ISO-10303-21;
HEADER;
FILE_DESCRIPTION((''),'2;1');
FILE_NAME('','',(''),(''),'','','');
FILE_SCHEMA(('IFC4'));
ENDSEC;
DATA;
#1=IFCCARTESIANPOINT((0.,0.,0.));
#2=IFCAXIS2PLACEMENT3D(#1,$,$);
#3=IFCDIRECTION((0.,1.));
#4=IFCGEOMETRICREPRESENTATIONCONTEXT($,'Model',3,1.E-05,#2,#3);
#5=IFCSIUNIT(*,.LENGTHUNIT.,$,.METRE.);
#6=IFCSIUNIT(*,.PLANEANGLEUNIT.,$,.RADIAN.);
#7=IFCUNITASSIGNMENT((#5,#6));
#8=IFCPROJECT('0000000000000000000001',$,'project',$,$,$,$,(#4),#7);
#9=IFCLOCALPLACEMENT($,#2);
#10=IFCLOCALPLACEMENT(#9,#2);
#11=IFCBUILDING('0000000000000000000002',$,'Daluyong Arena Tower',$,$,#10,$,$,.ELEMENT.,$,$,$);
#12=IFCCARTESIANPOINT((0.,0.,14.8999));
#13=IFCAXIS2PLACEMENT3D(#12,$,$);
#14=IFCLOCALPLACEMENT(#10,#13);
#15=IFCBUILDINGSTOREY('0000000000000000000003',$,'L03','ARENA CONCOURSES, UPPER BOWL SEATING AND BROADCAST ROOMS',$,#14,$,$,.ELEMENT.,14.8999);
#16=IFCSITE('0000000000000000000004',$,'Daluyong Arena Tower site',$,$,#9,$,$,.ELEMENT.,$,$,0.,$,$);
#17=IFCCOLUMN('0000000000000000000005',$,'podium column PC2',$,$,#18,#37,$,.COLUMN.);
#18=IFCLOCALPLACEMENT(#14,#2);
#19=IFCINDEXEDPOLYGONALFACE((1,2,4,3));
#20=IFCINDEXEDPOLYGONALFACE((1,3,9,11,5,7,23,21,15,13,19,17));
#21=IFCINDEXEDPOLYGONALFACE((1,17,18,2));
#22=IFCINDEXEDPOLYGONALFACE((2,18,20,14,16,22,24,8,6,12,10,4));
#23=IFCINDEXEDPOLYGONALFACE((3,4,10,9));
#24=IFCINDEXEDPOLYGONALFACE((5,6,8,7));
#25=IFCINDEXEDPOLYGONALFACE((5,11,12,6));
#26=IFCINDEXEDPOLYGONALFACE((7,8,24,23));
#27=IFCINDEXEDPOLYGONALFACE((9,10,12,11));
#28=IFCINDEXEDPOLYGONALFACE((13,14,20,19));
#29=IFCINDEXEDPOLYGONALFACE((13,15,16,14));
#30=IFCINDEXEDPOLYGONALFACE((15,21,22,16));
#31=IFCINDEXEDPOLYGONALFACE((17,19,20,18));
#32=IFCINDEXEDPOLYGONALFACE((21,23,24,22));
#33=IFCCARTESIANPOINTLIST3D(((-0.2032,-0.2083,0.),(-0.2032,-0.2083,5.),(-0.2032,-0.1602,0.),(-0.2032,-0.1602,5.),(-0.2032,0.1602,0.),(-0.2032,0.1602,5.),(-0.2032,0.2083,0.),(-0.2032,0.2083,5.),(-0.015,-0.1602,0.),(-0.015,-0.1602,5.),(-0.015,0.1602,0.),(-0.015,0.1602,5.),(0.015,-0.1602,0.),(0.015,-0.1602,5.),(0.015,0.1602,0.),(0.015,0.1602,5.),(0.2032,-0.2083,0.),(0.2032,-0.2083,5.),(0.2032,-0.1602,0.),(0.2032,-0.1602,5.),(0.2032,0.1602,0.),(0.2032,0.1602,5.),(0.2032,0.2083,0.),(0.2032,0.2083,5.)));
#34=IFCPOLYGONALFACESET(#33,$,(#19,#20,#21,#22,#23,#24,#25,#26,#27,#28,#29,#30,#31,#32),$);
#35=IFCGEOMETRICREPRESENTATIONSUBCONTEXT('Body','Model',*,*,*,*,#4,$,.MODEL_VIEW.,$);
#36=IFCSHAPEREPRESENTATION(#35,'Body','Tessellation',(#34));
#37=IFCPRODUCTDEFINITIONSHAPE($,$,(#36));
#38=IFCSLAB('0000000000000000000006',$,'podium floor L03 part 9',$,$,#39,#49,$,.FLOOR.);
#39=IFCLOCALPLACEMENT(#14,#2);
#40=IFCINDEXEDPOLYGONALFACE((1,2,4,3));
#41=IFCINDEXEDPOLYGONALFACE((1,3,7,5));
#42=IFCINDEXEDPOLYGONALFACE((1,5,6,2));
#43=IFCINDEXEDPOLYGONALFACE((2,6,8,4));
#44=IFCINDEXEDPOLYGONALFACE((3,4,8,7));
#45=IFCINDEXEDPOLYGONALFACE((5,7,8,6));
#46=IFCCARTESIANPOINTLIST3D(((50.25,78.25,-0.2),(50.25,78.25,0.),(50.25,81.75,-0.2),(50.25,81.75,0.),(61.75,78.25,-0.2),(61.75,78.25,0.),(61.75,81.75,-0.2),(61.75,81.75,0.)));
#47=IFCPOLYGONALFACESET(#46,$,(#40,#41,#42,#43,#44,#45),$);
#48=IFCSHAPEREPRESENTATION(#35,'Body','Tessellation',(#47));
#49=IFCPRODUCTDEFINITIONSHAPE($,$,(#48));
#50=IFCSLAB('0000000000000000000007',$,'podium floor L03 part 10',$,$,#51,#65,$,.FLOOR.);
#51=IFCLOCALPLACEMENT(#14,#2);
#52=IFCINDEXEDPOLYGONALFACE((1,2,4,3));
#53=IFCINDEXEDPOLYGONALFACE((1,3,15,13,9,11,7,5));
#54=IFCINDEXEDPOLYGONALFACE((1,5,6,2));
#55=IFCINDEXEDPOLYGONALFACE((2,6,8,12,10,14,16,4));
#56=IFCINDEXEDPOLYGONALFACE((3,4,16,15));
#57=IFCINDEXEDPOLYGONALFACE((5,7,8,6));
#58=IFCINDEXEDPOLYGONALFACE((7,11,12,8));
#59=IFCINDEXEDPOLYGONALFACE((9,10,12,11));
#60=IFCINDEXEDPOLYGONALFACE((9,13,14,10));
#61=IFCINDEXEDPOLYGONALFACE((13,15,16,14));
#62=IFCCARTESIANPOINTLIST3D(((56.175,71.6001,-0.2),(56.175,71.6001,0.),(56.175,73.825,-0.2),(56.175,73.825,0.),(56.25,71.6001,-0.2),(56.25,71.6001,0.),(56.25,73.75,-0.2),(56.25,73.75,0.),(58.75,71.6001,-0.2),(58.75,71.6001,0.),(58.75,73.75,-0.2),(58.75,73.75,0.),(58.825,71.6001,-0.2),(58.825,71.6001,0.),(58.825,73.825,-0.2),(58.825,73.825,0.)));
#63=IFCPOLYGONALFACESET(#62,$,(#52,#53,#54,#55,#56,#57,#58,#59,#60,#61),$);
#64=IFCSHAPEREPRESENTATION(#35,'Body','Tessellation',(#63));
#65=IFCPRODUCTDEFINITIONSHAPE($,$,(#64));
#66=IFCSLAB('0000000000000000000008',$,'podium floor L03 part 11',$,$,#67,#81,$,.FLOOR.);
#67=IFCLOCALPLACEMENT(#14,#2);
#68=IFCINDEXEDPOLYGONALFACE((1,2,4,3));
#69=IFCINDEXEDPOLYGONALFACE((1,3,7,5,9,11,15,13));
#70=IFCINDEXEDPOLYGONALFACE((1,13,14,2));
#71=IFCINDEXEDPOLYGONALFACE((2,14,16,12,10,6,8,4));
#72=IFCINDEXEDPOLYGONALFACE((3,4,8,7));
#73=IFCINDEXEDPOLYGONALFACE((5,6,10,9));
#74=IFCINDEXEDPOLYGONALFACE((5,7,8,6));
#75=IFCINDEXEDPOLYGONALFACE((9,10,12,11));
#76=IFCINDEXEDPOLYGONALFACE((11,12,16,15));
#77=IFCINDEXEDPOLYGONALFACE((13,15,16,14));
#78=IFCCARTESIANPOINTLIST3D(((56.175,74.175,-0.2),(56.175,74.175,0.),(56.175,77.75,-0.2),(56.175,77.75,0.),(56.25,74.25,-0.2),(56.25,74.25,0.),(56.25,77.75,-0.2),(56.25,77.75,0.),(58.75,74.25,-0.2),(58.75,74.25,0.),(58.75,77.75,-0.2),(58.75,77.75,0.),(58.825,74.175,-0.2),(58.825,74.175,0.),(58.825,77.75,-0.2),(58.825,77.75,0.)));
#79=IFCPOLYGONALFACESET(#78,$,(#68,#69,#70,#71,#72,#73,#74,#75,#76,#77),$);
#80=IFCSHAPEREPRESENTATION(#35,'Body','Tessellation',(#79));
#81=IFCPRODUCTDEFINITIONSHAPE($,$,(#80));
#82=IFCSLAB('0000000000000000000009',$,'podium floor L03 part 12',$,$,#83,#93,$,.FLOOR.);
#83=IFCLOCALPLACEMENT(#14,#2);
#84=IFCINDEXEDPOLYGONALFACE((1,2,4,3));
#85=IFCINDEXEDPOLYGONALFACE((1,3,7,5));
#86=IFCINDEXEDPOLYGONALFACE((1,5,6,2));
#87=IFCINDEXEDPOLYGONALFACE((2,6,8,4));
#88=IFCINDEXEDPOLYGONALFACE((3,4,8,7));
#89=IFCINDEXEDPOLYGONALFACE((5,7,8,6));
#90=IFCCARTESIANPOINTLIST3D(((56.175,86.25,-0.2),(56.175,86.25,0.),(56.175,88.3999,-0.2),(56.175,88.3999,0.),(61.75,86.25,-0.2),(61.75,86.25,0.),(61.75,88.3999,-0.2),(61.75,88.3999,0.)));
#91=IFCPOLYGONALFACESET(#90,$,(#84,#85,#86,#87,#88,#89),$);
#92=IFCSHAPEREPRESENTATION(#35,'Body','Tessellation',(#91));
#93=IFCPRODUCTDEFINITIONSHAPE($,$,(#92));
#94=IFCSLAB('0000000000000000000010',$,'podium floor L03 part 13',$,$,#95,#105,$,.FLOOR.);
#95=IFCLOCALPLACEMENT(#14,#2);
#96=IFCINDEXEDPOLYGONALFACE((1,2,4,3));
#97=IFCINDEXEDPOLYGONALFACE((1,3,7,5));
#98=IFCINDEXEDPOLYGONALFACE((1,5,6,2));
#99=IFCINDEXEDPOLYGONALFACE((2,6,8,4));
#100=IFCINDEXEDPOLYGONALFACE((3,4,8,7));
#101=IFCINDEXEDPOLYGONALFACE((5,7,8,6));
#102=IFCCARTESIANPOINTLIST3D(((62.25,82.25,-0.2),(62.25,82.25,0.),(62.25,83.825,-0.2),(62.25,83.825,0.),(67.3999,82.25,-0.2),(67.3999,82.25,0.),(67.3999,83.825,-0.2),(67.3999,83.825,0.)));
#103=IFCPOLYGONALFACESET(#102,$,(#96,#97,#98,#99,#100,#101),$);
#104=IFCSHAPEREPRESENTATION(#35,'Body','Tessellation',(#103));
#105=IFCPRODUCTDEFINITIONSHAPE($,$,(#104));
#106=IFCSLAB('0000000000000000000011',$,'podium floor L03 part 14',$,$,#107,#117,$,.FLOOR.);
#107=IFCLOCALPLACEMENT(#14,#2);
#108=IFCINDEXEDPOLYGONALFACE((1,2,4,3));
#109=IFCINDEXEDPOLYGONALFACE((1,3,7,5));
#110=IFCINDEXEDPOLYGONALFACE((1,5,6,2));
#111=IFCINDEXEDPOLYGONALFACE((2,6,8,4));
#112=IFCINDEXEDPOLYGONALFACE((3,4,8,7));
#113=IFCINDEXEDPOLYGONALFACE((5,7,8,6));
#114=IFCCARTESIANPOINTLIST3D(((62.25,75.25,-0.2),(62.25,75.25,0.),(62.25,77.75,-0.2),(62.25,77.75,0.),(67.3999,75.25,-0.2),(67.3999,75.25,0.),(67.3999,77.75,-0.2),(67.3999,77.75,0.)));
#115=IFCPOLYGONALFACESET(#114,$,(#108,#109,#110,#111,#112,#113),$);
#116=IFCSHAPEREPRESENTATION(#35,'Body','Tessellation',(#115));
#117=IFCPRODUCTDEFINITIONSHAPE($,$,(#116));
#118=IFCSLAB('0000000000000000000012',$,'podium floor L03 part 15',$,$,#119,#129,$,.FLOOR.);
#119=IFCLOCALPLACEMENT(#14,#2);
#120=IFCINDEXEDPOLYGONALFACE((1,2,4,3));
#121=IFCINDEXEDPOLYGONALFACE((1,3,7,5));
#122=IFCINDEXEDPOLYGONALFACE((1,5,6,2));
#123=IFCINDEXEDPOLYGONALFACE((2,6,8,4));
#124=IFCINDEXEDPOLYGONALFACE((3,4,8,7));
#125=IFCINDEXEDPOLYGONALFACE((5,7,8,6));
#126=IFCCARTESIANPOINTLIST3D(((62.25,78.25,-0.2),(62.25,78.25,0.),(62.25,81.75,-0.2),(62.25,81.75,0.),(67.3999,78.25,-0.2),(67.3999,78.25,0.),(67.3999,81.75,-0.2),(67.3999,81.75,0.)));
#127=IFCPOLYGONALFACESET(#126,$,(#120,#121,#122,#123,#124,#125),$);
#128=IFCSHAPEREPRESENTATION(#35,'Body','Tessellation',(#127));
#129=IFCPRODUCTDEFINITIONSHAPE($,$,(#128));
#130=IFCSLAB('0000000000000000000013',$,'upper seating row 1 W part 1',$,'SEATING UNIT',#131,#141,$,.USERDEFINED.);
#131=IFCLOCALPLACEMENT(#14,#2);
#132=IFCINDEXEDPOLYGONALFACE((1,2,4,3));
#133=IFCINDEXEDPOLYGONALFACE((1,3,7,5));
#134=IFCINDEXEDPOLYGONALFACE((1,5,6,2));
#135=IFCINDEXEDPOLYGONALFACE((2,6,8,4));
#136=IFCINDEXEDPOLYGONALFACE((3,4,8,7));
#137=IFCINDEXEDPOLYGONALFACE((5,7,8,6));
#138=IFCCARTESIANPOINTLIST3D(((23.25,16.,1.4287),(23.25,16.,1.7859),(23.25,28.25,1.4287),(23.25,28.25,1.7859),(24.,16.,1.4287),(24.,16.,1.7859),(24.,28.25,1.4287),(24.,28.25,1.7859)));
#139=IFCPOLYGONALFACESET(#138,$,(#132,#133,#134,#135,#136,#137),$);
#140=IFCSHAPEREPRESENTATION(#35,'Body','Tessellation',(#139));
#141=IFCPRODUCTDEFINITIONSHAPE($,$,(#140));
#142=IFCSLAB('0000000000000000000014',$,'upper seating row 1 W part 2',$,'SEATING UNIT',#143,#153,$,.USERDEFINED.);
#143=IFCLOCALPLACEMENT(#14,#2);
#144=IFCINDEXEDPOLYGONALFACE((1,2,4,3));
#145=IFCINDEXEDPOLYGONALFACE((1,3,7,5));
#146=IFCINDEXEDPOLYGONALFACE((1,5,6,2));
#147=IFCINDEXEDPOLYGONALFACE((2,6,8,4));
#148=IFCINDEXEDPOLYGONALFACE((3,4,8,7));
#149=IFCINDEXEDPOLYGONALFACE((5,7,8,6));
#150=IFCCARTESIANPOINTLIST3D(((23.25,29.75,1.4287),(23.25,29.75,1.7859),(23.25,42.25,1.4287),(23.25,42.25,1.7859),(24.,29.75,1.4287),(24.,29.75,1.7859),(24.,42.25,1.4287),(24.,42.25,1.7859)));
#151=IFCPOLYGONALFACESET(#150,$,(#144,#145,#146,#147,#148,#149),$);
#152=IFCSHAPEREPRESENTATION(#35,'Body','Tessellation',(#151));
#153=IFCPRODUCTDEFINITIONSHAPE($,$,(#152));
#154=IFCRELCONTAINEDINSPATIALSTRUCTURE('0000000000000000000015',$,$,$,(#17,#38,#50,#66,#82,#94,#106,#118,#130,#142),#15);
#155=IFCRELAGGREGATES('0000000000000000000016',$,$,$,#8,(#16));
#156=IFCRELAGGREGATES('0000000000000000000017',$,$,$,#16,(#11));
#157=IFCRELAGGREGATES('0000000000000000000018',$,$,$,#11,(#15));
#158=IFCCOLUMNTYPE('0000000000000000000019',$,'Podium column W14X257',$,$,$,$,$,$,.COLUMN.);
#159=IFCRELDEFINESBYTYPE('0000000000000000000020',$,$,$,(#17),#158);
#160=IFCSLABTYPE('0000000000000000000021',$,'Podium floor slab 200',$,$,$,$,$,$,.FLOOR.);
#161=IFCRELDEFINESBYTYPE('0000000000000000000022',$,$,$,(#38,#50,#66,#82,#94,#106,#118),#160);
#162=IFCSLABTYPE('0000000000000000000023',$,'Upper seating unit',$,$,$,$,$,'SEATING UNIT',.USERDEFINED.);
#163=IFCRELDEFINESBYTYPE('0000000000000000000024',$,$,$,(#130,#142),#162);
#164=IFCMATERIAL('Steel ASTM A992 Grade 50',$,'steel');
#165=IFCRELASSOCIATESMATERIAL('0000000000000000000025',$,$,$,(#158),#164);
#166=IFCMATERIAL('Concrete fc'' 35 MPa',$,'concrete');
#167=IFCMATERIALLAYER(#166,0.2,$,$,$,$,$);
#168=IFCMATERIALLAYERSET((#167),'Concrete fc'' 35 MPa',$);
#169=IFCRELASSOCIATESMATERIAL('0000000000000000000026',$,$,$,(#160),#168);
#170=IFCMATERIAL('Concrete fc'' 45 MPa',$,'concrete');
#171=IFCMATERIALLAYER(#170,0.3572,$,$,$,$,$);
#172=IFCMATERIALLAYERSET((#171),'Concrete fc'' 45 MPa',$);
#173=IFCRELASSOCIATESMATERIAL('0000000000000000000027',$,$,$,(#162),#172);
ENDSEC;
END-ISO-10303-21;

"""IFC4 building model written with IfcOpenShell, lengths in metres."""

from ifc_helpers import new_model, si_unit, direction, frame, origin, origin_with_axes, origin_2d, place, context, subcontext, project, spatial, polyline, i_section, outline, extrude, material, layer, layer_set, material_profile, profile_set, type_object, element, save


model = new_model("IFC4")

# Units and contexts
model_context = context("Model", 3, precision=1e-05, world=origin(), true_north=direction((0.0, 1.0)))
body_context = subcontext(model_context, "Body", "Model", "MODEL_VIEW")
ifc_project = project(units=[si_unit("LENGTHUNIT", "METRE"), si_unit("PLANEANGLEUNIT", "RADIAN")], contexts=[model_context])

# Site, building, storey
site_placement = place(None, origin())
site = spatial("IfcSite", under=ifc_project, at=site_placement, Name="Daluyong Arena Tower site", CompositionType="ELEMENT", RefElevation=0.0)
building_placement = place(site_placement, origin())
building = spatial("IfcBuilding", under=site, at=building_placement, Name="Daluyong Arena Tower", CompositionType="ELEMENT")
storey_placement = place(building_placement, frame((0.0, 0.0, 14.8999)))
storey = spatial("IfcBuildingStorey", under=building, at=storey_placement, Name="L03", Description="ARENA CONCOURSES, UPPER BOWL SEATING AND BROADCAST ROOMS", CompositionType="ELEMENT", Elevation=14.8999)

# Column
ifc_material_1 = material(Name="Steel ASTM A992 Grade 50", Category="steel")
ifc_material_profile = material_profile(ifc_material_1, i_section(OverallWidth=0.4065, OverallDepth=0.4165, WebThickness=0.03, FlangeThickness=0.0481, at=origin_2d()))
ifc_profile_set = profile_set([ifc_material_profile], Name="Steel ASTM A992 Grade 50")
column_type = type_object("IfcColumnType", Name="Podium column W14X257", PredefinedType="COLUMN", material=ifc_profile_set)
column_placement = place(storey_placement, origin_with_axes())
element("IfcColumn", 1, at=column_placement, inside=storey, type_object=column_type, Name="podium column PC2", PredefinedType="COLUMN", context=body_context, shape_type="SweptSolid", body=[
    extrude(i_section(OverallWidth=0.4065, OverallDepth=0.4165, WebThickness=0.03, FlangeThickness=0.0481, at=origin_2d()), origin(), (0.0, 0.0, 1.0), 5.0),
])

# Slabs
ifc_material_2 = material(Name="Concrete fc' 35 MPa", Category="concrete")
ifc_layer_1 = layer(ifc_material_2, 0.2)
ifc_layer_set_1 = layer_set([ifc_layer_1], Name="Concrete fc' 35 MPa")
slab_type_1 = type_object("IfcSlabType", Name="Podium floor slab 200", PredefinedType="FLOOR", material=ifc_layer_set_1)
slab_1_placement = place(storey_placement, frame((0.0, 0.0, -0.2)))
element("IfcSlab", 2, at=slab_1_placement, inside=storey, type_object=slab_type_1, Name="podium floor L03 part 9", PredefinedType="FLOOR", context=body_context, shape_type="SweptSolid", body=[
    extrude(outline(polyline([(61.75, 81.75), (50.25, 81.75), (50.25, 78.25), (61.75, 78.25), (61.75, 81.75)])), origin(), (0.0, 0.0, 1.0), 0.2),
])
slab_2_placement = place(storey_placement, frame((0.0, 0.0, -0.2)))
element("IfcSlab", 3, at=slab_2_placement, inside=storey, type_object=slab_type_1, Name="podium floor L03 part 10", PredefinedType="FLOOR", context=body_context, shape_type="SweptSolid", body=[
    extrude(outline(polyline([(58.825, 73.825), (56.175, 73.825), (56.175, 71.6001), (56.25, 71.6001), (56.25, 73.75), (58.75, 73.75), (58.75, 71.6001), (58.825, 71.6001), (58.825, 73.825)])), origin(), (0.0, 0.0, 1.0), 0.2),
])
slab_3_placement = place(storey_placement, frame((0.0, 0.0, -0.2)))
element("IfcSlab", 4, at=slab_3_placement, inside=storey, type_object=slab_type_1, Name="podium floor L03 part 11", PredefinedType="FLOOR", context=body_context, shape_type="SweptSolid", body=[
    extrude(outline(polyline([(56.25, 74.25), (56.25, 77.75), (56.175, 77.75), (56.175, 74.175), (58.825, 74.175), (58.825, 77.75), (58.75, 77.75), (58.75, 74.25), (56.25, 74.25)])), origin(), (0.0, 0.0, 1.0), 0.2),
])
slab_4_placement = place(storey_placement, frame((0.0, 0.0, -0.2)))
element("IfcSlab", 5, at=slab_4_placement, inside=storey, type_object=slab_type_1, Name="podium floor L03 part 12", PredefinedType="FLOOR", context=body_context, shape_type="SweptSolid", body=[
    extrude(outline(polyline([(56.175, 86.25), (61.75, 86.25), (61.75, 88.3999), (56.175, 88.3999), (56.175, 86.25)])), origin(), (0.0, 0.0, 1.0), 0.2),
])
slab_5_placement = place(storey_placement, frame((0.0, 0.0, -0.2)))
element("IfcSlab", 6, at=slab_5_placement, inside=storey, type_object=slab_type_1, Name="podium floor L03 part 13", PredefinedType="FLOOR", context=body_context, shape_type="SweptSolid", body=[
    extrude(outline(polyline([(67.3999, 82.25), (67.3999, 83.825), (62.25, 83.825), (62.25, 82.25), (67.3999, 82.25)])), origin(), (0.0, 0.0, 1.0), 0.2),
])
slab_6_placement = place(storey_placement, frame((0.0, 0.0, -0.2)))
element("IfcSlab", 7, at=slab_6_placement, inside=storey, type_object=slab_type_1, Name="podium floor L03 part 14", PredefinedType="FLOOR", context=body_context, shape_type="SweptSolid", body=[
    extrude(outline(polyline([(67.3999, 75.25), (67.3999, 77.75), (62.25, 77.75), (62.25, 75.25), (67.3999, 75.25)])), origin(), (0.0, 0.0, 1.0), 0.2),
])
slab_7_placement = place(storey_placement, frame((0.0, 0.0, -0.2)))
element("IfcSlab", 8, at=slab_7_placement, inside=storey, type_object=slab_type_1, Name="podium floor L03 part 15", PredefinedType="FLOOR", context=body_context, shape_type="SweptSolid", body=[
    extrude(outline(polyline([(67.3999, 78.25), (67.3999, 81.75), (62.25, 81.75), (62.25, 78.25), (67.3999, 78.25)])), origin(), (0.0, 0.0, 1.0), 0.2),
])
ifc_material_3 = material(Name="Concrete fc' 45 MPa", Category="concrete")
ifc_layer_2 = layer(ifc_material_3, 0.3572)
ifc_layer_set_2 = layer_set([ifc_layer_2], Name="Concrete fc' 45 MPa")
slab_type_2 = type_object("IfcSlabType", Name="Upper seating unit", ElementType="SEATING UNIT", PredefinedType="USERDEFINED", material=ifc_layer_set_2)
slab_8_placement = place(storey_placement, frame((0.0, 0.0, 1.4287)))
element("IfcSlab", 9, at=slab_8_placement, inside=storey, type_object=slab_type_2, Name="upper seating row 1 W part 1", ObjectType="SEATING UNIT", PredefinedType="USERDEFINED", context=body_context, shape_type="SweptSolid", body=[
    extrude(outline(polyline([(24.0, 16.0), (24.0, 28.25), (23.25, 28.25), (23.25, 16.0), (24.0, 16.0)])), origin(), (0.0, 0.0, 1.0), 0.3572),
])
slab_9_placement = place(storey_placement, frame((0.0, 0.0, 1.4287)))
element("IfcSlab", 10, at=slab_9_placement, inside=storey, type_object=slab_type_2, Name="upper seating row 1 W part 2", ObjectType="SEATING UNIT", PredefinedType="USERDEFINED", context=body_context, shape_type="SweptSolid", body=[
    extrude(outline(polyline([(24.0, 29.75), (24.0, 42.25), (23.25, 42.25), (23.25, 29.75), (24.0, 29.75)])), origin(), (0.0, 0.0, 1.0), 0.3572),
])

save(model, "model.ifc")
